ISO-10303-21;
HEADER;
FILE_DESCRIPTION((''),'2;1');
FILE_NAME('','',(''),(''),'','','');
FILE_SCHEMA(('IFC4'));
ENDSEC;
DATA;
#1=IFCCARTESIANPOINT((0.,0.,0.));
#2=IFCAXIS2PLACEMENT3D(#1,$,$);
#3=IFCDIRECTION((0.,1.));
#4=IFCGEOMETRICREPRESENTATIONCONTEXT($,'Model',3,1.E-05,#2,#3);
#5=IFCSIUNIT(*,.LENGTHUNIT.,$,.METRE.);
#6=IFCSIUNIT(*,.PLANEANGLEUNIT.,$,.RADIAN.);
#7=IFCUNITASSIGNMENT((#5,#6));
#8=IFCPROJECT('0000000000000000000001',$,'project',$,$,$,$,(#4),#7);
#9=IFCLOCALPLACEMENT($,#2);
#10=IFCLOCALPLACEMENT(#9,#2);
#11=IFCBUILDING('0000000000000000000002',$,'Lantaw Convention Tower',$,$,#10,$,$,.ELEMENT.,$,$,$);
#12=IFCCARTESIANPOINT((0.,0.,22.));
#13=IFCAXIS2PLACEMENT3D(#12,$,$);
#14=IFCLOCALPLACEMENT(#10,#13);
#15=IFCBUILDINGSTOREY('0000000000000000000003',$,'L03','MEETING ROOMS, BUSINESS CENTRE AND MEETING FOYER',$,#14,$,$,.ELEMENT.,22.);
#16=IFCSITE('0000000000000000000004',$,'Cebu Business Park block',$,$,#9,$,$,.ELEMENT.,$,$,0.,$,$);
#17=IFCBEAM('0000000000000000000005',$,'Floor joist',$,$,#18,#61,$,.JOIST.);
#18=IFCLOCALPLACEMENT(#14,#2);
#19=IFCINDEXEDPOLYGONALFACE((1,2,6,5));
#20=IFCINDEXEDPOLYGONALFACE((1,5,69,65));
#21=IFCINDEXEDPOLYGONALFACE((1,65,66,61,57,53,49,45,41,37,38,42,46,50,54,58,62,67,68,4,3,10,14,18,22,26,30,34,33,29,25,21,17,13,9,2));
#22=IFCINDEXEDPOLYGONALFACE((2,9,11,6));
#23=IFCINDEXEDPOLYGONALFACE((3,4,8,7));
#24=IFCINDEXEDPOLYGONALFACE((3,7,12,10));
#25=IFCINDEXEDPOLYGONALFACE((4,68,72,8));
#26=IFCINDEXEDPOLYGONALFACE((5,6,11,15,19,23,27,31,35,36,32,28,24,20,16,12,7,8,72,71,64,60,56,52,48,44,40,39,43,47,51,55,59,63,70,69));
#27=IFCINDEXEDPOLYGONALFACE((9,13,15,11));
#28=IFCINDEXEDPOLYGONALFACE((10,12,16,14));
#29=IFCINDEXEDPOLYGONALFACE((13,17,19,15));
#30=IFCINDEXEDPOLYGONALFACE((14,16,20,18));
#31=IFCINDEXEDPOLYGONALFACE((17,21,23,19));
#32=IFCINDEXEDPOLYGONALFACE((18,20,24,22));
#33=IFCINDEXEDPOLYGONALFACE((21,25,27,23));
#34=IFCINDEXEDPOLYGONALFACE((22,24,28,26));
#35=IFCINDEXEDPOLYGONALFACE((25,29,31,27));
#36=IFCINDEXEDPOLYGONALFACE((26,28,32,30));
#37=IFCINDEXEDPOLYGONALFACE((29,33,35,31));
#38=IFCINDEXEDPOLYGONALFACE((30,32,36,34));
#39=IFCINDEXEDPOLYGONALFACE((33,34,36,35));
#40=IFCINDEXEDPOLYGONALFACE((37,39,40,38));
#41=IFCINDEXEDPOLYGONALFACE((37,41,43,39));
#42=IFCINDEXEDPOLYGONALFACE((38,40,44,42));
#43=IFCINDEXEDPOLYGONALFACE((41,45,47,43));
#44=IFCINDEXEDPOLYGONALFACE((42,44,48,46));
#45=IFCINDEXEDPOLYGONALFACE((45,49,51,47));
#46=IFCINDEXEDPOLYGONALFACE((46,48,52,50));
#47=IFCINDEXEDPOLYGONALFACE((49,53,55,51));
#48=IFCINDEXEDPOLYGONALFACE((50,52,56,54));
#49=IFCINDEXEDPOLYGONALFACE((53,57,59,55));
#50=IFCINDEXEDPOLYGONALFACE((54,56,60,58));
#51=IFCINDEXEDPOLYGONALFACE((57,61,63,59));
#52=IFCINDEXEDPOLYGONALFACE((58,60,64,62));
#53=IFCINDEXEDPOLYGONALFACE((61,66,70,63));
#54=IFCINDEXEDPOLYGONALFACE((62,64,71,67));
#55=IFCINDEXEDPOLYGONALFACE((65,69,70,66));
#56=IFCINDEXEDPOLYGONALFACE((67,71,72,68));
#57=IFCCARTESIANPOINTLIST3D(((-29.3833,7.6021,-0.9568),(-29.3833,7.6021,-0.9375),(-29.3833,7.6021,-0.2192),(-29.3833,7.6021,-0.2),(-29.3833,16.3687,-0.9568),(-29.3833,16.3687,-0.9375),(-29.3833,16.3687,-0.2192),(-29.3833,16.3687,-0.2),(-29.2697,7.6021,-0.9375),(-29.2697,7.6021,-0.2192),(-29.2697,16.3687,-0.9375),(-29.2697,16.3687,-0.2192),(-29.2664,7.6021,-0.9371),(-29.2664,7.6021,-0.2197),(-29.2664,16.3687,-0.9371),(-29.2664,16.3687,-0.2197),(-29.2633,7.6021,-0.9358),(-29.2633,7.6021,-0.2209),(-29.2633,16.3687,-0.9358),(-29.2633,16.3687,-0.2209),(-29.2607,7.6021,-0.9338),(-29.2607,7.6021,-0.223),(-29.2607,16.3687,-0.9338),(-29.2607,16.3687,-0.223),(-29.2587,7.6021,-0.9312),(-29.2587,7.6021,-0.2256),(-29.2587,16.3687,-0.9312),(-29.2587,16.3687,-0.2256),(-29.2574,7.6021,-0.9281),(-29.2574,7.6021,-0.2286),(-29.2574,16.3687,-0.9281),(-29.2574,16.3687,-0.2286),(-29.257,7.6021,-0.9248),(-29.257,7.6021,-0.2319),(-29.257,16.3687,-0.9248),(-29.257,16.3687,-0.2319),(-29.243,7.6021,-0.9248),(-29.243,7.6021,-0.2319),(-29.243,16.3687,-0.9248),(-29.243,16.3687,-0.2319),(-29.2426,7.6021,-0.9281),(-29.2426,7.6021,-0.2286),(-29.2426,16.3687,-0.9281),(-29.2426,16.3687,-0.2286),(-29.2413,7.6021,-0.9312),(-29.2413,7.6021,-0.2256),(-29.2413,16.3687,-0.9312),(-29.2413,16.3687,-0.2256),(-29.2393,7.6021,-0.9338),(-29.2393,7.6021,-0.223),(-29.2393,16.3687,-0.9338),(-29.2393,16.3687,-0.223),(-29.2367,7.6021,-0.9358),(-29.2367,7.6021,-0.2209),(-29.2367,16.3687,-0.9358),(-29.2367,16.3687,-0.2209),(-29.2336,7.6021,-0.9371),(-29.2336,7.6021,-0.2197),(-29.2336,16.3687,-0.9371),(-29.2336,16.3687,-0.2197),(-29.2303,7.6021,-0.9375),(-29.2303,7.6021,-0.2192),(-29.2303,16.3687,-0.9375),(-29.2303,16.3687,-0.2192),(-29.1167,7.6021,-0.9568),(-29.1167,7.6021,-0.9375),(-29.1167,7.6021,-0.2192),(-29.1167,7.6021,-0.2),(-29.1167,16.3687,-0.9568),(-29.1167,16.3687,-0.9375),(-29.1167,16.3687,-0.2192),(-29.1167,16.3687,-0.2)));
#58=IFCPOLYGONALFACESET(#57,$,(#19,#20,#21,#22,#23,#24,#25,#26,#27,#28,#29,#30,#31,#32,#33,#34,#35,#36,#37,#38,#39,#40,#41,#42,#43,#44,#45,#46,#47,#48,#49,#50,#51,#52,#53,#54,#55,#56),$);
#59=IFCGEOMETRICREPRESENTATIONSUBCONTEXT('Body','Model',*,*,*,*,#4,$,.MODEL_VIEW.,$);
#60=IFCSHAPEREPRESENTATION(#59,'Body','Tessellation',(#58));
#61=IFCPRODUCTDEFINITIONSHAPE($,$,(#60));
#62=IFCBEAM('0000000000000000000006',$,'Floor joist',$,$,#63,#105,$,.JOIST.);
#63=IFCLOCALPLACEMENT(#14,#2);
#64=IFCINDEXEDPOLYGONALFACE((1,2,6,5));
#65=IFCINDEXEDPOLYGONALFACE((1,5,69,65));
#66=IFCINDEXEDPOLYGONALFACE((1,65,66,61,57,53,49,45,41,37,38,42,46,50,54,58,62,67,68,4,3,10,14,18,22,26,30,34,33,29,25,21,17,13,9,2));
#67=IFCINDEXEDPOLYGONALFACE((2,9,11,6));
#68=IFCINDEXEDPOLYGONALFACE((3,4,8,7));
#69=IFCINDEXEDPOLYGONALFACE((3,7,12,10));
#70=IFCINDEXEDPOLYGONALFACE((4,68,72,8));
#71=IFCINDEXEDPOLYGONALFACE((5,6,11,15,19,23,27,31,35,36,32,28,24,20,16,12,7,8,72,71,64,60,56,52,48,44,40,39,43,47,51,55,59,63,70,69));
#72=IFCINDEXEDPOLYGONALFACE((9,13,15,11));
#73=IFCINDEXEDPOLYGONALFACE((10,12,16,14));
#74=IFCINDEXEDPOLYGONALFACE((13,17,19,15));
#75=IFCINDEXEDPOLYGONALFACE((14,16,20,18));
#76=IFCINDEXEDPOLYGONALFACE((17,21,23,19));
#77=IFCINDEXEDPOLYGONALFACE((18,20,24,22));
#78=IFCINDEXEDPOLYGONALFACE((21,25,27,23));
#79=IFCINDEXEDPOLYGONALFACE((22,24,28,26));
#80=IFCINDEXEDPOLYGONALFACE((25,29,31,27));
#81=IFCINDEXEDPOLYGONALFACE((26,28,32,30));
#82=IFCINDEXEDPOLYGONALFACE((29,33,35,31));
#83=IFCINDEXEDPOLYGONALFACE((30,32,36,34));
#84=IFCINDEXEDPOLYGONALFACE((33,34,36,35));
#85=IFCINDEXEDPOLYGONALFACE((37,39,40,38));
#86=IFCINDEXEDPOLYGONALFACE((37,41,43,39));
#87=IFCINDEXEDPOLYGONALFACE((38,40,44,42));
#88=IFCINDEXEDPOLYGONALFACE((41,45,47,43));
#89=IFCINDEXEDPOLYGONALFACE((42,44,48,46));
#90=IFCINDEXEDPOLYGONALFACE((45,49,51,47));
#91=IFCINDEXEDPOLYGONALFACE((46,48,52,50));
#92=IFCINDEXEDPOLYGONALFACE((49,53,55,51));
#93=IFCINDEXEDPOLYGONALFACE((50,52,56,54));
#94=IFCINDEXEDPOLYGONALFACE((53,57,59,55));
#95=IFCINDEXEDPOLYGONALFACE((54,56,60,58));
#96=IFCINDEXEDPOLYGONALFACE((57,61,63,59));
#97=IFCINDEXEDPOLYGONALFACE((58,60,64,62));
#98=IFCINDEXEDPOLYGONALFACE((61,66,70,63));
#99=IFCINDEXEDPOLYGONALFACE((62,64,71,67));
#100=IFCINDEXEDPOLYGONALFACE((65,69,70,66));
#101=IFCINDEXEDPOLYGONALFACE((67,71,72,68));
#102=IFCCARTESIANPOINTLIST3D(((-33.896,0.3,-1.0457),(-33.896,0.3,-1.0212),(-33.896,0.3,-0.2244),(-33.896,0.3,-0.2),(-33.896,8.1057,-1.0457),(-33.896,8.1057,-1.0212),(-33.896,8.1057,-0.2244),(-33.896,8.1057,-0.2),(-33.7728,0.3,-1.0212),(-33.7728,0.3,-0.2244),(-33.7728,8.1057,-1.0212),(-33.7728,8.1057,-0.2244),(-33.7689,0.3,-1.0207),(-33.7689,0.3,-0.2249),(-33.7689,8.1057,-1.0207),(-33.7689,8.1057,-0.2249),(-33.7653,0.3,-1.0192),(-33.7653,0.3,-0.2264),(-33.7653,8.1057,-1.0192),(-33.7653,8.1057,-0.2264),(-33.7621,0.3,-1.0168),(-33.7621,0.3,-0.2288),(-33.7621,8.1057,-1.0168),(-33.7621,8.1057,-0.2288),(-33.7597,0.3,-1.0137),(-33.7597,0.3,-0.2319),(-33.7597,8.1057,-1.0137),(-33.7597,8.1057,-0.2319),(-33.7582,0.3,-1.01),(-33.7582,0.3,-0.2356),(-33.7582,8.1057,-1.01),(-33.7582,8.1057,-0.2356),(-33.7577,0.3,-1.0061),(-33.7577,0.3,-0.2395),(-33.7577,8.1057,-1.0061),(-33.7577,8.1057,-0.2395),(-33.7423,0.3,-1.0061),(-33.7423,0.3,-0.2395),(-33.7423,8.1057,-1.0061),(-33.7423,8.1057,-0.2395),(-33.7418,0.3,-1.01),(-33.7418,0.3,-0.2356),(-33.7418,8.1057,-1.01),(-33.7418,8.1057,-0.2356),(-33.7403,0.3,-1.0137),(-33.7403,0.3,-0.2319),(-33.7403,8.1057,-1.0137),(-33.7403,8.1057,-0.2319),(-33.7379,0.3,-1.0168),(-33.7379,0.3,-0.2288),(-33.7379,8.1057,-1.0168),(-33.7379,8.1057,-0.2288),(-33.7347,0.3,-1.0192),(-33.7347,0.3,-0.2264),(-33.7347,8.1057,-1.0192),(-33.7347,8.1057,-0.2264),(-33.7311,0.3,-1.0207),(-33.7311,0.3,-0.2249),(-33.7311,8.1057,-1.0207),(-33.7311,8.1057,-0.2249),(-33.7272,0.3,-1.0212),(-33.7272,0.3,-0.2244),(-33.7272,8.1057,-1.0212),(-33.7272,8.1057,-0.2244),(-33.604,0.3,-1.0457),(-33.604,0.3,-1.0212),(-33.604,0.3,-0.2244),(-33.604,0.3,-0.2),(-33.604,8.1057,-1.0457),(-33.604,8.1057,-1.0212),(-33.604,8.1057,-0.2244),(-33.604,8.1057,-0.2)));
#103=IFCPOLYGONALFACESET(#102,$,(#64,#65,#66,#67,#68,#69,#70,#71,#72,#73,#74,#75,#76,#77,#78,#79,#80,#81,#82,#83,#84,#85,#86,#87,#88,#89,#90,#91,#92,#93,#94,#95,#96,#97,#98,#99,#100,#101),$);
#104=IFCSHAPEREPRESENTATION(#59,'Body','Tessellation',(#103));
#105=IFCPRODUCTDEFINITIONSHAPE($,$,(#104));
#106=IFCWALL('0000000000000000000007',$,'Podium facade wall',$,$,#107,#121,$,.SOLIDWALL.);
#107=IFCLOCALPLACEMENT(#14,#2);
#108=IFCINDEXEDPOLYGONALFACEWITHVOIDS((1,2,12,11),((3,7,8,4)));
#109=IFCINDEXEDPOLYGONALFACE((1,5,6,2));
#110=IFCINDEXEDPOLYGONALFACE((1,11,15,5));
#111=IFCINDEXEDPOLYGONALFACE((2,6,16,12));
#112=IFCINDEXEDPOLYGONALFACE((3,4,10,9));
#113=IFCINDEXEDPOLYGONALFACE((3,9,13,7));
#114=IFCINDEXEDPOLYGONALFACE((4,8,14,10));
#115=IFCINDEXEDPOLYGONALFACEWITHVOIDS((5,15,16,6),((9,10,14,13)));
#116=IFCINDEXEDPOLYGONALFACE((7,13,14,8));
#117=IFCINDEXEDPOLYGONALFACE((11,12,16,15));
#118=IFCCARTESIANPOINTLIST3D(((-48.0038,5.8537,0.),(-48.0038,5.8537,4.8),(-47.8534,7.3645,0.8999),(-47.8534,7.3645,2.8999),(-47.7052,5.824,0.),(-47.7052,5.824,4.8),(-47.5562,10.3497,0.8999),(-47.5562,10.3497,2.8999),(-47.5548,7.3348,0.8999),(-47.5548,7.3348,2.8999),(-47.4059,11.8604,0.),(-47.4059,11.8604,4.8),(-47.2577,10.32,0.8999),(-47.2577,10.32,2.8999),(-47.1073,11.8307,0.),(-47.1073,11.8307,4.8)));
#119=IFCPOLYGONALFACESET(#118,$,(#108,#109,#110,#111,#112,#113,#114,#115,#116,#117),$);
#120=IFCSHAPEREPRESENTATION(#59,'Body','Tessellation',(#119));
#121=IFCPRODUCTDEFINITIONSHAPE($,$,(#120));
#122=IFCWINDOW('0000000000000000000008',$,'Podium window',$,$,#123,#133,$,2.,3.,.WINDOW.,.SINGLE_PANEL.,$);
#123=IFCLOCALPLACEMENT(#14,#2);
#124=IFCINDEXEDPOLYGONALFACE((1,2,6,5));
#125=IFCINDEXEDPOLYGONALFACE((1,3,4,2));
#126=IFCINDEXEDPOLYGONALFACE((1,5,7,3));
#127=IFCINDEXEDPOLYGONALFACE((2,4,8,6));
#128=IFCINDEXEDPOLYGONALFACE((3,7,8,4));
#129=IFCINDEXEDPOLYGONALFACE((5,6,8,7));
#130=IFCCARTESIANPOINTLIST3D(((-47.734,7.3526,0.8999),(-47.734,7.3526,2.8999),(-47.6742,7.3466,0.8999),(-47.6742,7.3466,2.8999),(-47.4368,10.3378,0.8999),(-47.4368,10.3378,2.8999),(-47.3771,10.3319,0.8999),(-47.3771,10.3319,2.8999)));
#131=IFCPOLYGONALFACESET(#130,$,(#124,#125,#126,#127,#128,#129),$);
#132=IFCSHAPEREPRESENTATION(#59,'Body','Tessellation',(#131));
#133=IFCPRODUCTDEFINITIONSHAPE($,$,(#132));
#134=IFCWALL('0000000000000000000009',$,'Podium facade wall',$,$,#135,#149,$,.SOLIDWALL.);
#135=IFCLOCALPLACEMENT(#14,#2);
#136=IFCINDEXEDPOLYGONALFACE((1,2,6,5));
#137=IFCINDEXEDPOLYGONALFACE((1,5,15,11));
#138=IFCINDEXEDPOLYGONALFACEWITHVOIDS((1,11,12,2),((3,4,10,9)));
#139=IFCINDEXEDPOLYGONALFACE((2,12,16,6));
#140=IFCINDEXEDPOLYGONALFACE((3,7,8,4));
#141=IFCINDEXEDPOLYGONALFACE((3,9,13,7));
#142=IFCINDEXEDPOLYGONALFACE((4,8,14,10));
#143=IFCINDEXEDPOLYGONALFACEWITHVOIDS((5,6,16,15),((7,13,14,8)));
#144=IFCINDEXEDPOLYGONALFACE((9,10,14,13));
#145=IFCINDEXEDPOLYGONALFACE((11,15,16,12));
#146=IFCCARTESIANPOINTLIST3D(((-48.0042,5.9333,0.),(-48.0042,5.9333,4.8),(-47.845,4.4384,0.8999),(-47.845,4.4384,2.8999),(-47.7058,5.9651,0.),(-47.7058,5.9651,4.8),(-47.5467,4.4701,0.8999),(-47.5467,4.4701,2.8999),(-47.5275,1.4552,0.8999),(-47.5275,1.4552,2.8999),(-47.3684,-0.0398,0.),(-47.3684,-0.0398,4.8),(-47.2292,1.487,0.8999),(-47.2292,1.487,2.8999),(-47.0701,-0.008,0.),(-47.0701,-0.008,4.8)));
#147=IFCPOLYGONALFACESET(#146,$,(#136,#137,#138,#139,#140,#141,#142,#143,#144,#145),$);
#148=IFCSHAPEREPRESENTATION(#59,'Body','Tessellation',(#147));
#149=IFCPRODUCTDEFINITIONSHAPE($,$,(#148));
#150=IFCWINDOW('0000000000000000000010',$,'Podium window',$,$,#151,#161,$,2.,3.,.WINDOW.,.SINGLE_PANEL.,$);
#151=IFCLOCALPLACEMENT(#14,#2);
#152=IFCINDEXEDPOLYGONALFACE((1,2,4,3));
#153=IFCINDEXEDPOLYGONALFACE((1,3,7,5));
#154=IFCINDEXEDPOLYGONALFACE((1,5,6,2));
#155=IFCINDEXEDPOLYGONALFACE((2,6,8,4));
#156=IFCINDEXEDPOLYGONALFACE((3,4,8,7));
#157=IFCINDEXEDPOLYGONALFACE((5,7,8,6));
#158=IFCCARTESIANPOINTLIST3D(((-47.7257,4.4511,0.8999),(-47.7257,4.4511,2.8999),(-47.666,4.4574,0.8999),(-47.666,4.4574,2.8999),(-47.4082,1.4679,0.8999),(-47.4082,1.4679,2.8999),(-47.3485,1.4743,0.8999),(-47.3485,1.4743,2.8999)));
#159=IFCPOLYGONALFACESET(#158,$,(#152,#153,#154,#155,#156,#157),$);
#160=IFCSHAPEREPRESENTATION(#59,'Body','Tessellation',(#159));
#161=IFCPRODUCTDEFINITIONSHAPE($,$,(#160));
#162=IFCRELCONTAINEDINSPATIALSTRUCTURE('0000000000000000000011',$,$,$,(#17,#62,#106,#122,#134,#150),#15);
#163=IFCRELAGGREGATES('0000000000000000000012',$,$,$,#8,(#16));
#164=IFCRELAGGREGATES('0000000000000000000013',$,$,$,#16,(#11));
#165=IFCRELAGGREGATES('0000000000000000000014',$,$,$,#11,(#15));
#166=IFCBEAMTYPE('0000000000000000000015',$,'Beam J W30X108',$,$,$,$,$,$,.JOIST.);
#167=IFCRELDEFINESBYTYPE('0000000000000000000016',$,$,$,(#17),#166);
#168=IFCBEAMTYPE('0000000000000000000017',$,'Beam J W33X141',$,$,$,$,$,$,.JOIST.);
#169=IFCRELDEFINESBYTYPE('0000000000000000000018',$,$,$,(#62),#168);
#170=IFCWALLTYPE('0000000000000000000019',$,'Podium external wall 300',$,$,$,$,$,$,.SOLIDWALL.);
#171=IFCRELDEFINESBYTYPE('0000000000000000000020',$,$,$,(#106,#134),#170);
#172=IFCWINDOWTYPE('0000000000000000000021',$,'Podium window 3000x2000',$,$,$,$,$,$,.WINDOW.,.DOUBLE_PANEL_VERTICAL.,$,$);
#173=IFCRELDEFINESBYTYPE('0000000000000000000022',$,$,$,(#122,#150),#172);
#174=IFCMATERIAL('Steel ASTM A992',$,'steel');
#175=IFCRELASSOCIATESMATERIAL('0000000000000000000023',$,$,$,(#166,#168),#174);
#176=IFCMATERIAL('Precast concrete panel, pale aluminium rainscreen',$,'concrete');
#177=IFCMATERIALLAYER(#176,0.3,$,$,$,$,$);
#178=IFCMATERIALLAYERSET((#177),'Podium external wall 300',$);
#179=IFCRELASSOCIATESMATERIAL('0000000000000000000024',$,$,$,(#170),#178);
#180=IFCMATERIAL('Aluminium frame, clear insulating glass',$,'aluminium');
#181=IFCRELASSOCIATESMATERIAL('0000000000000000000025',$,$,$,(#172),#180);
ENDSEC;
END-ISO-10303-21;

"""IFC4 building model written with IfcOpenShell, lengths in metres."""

from ifc_helpers import new_model, si_unit, direction, frame, frame_2d, origin, origin_2d, place, context, subcontext, project, spatial, rectangle, i_section, extrude, material, layer, layer_set, material_profile, profile_set, type_object, element, fill, save


model = new_model("IFC4")

# Units and contexts
model_context = context("Model", 3, precision=1e-05, world=origin(), true_north=direction((0.0, 1.0)))
body_context = subcontext(model_context, "Body", "Model", "MODEL_VIEW")
ifc_project = project(units=[si_unit("LENGTHUNIT", "METRE"), si_unit("PLANEANGLEUNIT", "RADIAN")], contexts=[model_context])

# Site, building, storey
site_placement = place(None, origin())
site = spatial("IfcSite", under=ifc_project, at=site_placement, Name="Cebu Business Park block", CompositionType="ELEMENT", RefElevation=0.0)
building_placement = place(site_placement, origin())
building = spatial("IfcBuilding", under=site, at=building_placement, Name="Lantaw Convention Tower", CompositionType="ELEMENT")
storey_placement = place(building_placement, frame((0.0, 0.0, 22.0)))
storey = spatial("IfcBuildingStorey", under=building, at=storey_placement, Name="L03", Description="MEETING ROOMS, BUSINESS CENTRE AND MEETING FOYER", CompositionType="ELEMENT", Elevation=22.0)

# Beams
ifc_material_1 = material(Name="Steel ASTM A992", Category="steel")
ifc_material_profile_1 = material_profile(ifc_material_1, i_section(OverallWidth=0.2666, OverallDepth=0.7568, WebThickness=0.0139, FlangeThickness=0.0193, FilletRadius=0.0127, at=origin_2d()), Name="W30X108")
ifc_profile_set_1 = profile_set([ifc_material_profile_1], Name="Steel ASTM A992")
beam_type_1 = type_object("IfcBeamType", Name="Beam J W30X108", PredefinedType="JOIST", material=ifc_profile_set_1)
beam_1_placement = place(storey_placement, frame((-29.25, 7.6021, -0.5784), z_axis=(0.0, 1.0, 0.0), x_axis=(-1.0, 0.0, 0.0)))
element("IfcBeam", 1, at=beam_1_placement, inside=storey, type_object=beam_type_1, Name="Floor joist", PredefinedType="JOIST", context=body_context, shape_type="SweptSolid", body=[
    extrude(i_section(OverallWidth=0.2666, OverallDepth=0.7568, WebThickness=0.0139, FlangeThickness=0.0193, FilletRadius=0.0127, at=origin_2d()), origin(), (0.0, 0.0, 1.0), 8.7666),
])
ifc_material_profile_2 = material_profile(ifc_material_1, i_section(OverallWidth=0.292, OverallDepth=0.8457, WebThickness=0.0154, FlangeThickness=0.0244, FilletRadius=0.0151, at=origin_2d()), Name="W33X141")
ifc_profile_set_2 = profile_set([ifc_material_profile_2], Name="Steel ASTM A992")
beam_type_2 = type_object("IfcBeamType", Name="Beam J W33X141", PredefinedType="JOIST", material=ifc_profile_set_2)
beam_2_placement = place(storey_placement, frame((-33.75, 0.3, -0.6228), z_axis=(0.0, 1.0, 0.0), x_axis=(-1.0, 0.0, 0.0)))
element("IfcBeam", 2, at=beam_2_placement, inside=storey, type_object=beam_type_2, Name="Floor joist", PredefinedType="JOIST", context=body_context, shape_type="SweptSolid", body=[
    extrude(i_section(OverallWidth=0.292, OverallDepth=0.8457, WebThickness=0.0154, FlangeThickness=0.0244, FilletRadius=0.0151, at=origin_2d()), origin(), (0.0, 0.0, 1.0), 7.8057),
])

# Walls, openings, windows
ifc_material_2 = material(Name="Precast concrete panel, pale aluminium rainscreen", Category="concrete")
ifc_layer_1 = layer(ifc_material_2, 0.3)
ifc_layer_set_1 = layer_set([ifc_layer_1], Name="Podium external wall 300")
wall_type_1 = type_object("IfcWallType", Name="Podium external wall 300", PredefinedType="SOLIDWALL", material=ifc_layer_set_1)
wall_1_placement = place(storey_placement, frame((-47.2566, 11.8455, 0.0), z_axis=(0.0, 0.0, 1.0), x_axis=(-0.099051, -0.995082, 0.0)))
wall_1 = element("IfcWall", 3, at=wall_1_placement, inside=storey, type_object=wall_type_1, Name="Podium facade wall", PredefinedType="SOLIDWALL", context=body_context, shape_type="SweptSolid", body=[
    extrude(rectangle(XDim=6.0364, YDim=0.3, at=frame_2d((3.0181, 0.0))), origin(), (0.0, 0.0, 1.0), 4.8),
])
opening_1_placement = place(wall_1_placement, frame((1.5181, 0.0, 0.8999)))
opening_1 = element("IfcOpeningElement", 4, at=opening_1_placement, cuts=wall_1, PredefinedType="OPENING", context=body_context, shape_type="SweptSolid", body=[
    extrude(rectangle(XDim=3.0, YDim=2.0, at=frame_2d((1.5, 1.0))), frame((0.0, 0.1599, 0.0), z_axis=(0.0, -1.0, 0.0), x_axis=(1.0, 0.0, 0.0)), (0.0, 0.0, 1.0), 0.3201),
])
ifc_material_3 = material(Name="Aluminium frame, clear insulating glass", Category="aluminium")
window_type = type_object("IfcWindowType", Name="Podium window 3000x2000", PartitioningType="DOUBLE_PANEL_VERTICAL", PredefinedType="WINDOW", material=ifc_material_3)
window_1_placement = place(opening_1_placement, origin())
window_1 = element("IfcWindow", 5, at=window_1_placement, inside=storey, type_object=window_type, Name="Podium window", OverallHeight=2.0, OverallWidth=3.0, PartitioningType="SINGLE_PANEL", PredefinedType="WINDOW", context=body_context, shape_type="SweptSolid", body=[
    extrude(rectangle(XDim=3.0, YDim=2.0, at=frame_2d((1.5, 1.0))), frame((0.0, 0.03, 0.0), z_axis=(0.0, -1.0, 0.0), x_axis=(1.0, 0.0, 0.0)), (0.0, 0.0, 1.0), 0.0601),
])
fill(opening_1, window_1)
wall_2_placement = place(storey_placement, frame((-47.855, 5.9492, 0.0), z_axis=(0.0, 0.0, 1.0), x_axis=(0.105836, -0.994384, 0.0)))
wall_2 = element("IfcWall", 6, at=wall_2_placement, inside=storey, type_object=wall_type_1, Name="Podium facade wall", PredefinedType="SOLIDWALL", context=body_context, shape_type="SweptSolid", body=[
    extrude(rectangle(XDim=6.0068, YDim=0.3, at=frame_2d((3.0034, 0.0))), origin(), (0.0, 0.0, 1.0), 4.8),
])
opening_2_placement = place(wall_2_placement, frame((1.5034, 0.0, 0.8999)))
opening_2 = element("IfcOpeningElement", 7, at=opening_2_placement, cuts=wall_2, PredefinedType="OPENING", context=body_context, shape_type="SweptSolid", body=[
    extrude(rectangle(XDim=3.0, YDim=2.0, at=frame_2d((1.5, 1.0))), frame((0.0, 0.1599, 0.0), z_axis=(0.0, -1.0, 0.0), x_axis=(1.0, 0.0, 0.0)), (0.0, 0.0, 1.0), 0.3201),
])
window_2_placement = place(opening_2_placement, origin())
window_2 = element("IfcWindow", 8, at=window_2_placement, inside=storey, type_object=window_type, Name="Podium window", OverallHeight=2.0, OverallWidth=3.0, PartitioningType="SINGLE_PANEL", PredefinedType="WINDOW", context=body_context, shape_type="SweptSolid", body=[
    extrude(rectangle(XDim=3.0, YDim=2.0, at=frame_2d((1.5, 1.0))), frame((0.0, 0.03, 0.0), z_axis=(0.0, -1.0, 0.0), x_axis=(1.0, 0.0, 0.0)), (0.0, 0.0, 1.0), 0.0601),
])
fill(opening_2, window_2)

save(model, "model.ifc")
